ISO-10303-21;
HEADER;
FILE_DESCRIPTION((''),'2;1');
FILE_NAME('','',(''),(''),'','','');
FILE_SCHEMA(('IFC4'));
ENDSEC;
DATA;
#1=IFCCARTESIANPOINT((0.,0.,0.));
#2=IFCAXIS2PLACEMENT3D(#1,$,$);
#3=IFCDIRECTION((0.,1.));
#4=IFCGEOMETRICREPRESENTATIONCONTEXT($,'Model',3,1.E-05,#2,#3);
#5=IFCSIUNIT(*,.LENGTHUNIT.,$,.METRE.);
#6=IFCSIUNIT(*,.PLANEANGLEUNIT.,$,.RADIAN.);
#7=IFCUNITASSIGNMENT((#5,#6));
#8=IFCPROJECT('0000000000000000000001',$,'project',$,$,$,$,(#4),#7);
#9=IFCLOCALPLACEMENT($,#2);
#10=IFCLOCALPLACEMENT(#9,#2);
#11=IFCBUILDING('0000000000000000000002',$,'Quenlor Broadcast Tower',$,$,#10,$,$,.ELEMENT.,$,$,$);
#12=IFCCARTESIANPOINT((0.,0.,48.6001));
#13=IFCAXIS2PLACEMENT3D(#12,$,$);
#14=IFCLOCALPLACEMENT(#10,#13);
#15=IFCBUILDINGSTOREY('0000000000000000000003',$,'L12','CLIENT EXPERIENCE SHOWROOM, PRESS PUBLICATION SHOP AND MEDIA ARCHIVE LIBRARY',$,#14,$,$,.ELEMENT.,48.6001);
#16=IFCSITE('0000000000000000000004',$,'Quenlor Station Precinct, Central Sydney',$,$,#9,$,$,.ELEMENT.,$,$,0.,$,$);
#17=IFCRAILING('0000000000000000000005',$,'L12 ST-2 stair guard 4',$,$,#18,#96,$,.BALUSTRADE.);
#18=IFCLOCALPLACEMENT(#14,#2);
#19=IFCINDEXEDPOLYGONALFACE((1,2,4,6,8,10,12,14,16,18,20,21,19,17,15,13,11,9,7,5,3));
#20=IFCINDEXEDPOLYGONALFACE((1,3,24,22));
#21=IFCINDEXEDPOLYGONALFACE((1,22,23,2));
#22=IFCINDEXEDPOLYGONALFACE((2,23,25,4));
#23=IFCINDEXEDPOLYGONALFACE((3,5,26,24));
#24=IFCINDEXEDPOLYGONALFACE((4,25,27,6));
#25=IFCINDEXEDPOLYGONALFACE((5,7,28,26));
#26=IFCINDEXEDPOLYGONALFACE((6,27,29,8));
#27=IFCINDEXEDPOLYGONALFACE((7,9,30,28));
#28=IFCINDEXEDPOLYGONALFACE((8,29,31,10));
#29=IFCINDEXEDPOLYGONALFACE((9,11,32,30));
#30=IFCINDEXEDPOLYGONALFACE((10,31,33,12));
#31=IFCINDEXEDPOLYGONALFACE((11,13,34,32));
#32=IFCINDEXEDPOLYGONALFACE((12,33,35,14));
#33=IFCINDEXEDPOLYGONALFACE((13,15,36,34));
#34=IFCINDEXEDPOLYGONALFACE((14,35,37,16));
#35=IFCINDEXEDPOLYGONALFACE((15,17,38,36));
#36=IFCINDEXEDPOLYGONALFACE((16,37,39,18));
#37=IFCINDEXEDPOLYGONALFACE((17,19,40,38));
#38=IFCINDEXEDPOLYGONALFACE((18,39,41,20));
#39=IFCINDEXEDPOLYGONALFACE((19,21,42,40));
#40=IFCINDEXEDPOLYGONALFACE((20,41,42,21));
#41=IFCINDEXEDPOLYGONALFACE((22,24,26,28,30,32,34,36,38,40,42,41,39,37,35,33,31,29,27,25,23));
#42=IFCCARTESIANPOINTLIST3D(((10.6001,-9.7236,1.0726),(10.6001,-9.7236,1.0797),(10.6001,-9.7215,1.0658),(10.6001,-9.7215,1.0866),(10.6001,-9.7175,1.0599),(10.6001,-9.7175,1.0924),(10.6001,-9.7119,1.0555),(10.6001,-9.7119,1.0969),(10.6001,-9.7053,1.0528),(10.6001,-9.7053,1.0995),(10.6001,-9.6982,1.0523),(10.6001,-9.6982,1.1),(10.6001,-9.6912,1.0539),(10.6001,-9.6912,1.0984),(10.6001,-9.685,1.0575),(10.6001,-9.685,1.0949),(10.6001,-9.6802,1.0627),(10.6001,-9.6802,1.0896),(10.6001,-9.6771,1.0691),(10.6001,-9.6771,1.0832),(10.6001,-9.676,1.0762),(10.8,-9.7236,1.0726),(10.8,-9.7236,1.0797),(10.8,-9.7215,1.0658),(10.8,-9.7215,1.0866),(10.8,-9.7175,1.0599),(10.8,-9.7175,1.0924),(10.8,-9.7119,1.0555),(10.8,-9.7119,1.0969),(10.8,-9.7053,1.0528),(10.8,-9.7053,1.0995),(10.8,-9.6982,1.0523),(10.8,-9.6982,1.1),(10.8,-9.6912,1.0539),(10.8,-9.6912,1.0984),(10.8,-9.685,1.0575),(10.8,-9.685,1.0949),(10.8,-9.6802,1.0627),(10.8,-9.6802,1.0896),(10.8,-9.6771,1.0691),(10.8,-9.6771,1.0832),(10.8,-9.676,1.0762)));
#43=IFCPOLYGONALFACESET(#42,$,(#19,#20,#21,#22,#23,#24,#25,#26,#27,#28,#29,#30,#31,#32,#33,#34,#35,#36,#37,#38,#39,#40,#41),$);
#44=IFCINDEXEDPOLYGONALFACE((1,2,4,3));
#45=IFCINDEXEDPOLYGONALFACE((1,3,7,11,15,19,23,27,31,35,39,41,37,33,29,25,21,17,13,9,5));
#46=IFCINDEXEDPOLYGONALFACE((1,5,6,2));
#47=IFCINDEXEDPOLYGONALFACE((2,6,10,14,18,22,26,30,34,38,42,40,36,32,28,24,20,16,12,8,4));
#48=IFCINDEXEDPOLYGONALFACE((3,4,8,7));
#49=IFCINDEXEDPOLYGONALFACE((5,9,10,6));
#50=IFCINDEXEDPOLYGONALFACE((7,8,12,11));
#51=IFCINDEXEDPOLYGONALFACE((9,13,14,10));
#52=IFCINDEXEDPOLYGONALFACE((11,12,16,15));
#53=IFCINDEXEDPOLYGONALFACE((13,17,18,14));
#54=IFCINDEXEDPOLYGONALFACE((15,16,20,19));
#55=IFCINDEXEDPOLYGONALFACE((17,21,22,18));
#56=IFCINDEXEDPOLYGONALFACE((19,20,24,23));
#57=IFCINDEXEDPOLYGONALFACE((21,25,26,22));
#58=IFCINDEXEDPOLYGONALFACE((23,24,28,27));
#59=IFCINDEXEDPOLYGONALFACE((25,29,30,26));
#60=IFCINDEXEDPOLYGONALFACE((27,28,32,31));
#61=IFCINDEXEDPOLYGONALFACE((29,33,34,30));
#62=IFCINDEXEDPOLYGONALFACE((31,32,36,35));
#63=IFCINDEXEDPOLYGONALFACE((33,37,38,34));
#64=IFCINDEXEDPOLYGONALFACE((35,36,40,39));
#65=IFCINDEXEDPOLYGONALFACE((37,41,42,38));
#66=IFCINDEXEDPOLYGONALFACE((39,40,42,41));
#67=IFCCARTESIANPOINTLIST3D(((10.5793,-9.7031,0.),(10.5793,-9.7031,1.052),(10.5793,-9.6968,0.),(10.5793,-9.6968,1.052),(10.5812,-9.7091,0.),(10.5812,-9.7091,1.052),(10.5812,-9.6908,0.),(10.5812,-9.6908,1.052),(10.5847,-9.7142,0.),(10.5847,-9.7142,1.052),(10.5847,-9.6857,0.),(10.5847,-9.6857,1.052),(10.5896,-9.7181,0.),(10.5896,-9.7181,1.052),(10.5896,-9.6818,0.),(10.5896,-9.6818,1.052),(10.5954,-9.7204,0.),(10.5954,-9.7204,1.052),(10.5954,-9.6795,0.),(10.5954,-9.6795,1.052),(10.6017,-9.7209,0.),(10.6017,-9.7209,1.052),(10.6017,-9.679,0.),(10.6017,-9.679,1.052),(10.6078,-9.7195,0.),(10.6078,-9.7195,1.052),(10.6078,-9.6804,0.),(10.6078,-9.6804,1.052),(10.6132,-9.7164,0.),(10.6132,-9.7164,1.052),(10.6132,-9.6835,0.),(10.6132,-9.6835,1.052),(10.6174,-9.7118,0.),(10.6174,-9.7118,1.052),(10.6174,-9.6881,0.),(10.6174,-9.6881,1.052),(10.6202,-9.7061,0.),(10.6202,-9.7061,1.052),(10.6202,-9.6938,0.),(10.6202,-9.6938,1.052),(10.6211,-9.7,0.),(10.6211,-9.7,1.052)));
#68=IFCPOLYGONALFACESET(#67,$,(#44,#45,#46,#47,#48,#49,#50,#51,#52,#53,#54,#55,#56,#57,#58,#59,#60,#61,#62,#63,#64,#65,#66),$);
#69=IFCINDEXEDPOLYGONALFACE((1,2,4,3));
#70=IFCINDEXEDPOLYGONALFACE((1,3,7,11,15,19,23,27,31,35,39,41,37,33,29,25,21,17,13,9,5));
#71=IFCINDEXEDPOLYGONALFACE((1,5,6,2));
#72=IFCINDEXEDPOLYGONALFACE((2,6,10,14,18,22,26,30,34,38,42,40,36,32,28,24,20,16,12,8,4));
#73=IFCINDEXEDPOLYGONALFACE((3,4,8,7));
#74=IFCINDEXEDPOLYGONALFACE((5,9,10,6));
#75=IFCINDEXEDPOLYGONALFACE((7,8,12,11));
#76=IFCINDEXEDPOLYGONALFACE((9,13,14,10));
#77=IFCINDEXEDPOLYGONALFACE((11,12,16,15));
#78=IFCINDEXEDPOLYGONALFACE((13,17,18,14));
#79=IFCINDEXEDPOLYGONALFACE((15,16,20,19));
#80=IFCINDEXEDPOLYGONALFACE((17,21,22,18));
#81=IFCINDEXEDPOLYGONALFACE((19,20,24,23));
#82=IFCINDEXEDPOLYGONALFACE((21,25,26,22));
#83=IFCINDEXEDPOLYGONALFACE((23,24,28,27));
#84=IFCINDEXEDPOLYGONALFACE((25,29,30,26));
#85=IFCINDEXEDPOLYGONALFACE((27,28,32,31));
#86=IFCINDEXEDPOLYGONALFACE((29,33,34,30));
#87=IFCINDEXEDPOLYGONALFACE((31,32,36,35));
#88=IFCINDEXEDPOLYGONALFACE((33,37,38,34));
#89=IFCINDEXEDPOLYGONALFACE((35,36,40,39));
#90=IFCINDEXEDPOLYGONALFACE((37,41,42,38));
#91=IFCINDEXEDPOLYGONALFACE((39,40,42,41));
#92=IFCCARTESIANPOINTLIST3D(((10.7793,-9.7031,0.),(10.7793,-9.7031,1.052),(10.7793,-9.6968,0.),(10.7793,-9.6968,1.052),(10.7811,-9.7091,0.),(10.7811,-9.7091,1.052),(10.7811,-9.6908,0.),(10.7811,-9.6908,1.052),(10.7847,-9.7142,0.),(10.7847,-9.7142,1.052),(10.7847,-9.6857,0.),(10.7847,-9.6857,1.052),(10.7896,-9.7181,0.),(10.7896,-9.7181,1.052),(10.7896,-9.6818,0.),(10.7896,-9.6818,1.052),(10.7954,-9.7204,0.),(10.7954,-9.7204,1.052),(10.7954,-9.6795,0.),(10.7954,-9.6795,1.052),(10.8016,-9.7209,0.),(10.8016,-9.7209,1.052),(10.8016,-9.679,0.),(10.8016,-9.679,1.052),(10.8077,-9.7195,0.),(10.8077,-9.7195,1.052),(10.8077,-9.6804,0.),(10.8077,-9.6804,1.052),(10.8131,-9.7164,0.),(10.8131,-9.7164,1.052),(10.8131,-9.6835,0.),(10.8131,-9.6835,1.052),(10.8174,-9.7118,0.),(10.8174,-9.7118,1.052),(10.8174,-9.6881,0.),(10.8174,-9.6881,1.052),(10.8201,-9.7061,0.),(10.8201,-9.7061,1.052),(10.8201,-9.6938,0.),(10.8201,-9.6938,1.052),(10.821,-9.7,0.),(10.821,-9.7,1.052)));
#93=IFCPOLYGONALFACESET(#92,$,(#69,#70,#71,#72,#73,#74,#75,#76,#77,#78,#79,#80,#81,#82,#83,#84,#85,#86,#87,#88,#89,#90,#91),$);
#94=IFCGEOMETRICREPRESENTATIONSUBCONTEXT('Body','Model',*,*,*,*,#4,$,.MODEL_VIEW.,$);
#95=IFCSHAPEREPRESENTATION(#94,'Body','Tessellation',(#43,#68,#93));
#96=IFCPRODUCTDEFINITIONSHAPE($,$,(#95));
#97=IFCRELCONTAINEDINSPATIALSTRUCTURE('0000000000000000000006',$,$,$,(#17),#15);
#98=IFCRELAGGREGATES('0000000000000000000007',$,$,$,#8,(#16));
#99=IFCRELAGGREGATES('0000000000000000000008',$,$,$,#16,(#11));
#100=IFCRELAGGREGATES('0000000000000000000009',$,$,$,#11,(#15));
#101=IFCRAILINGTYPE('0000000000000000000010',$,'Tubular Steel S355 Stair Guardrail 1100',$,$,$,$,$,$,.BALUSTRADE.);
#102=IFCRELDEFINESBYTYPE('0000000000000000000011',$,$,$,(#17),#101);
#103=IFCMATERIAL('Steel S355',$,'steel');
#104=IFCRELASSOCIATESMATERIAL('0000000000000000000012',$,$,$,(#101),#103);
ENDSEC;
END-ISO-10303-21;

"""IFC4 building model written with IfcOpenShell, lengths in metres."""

from ifc_helpers import new_model, si_unit, direction, frame, origin, origin_2d, place, context, subcontext, project, spatial, circle, extrude, material, type_object, element, save


model = new_model("IFC4")

# Units and contexts
model_context = context("Model", 3, precision=1e-05, world=origin(), true_north=direction((0.0, 1.0)))
body_context = subcontext(model_context, "Body", "Model", "MODEL_VIEW")
ifc_project = project(units=[si_unit("LENGTHUNIT", "METRE"), si_unit("PLANEANGLEUNIT", "RADIAN")], contexts=[model_context])

# Site, building, storey
site_placement = place(None, origin())
site = spatial("IfcSite", under=ifc_project, at=site_placement, Name="Quenlor Station Precinct, Central Sydney", CompositionType="ELEMENT", RefElevation=0.0)
building_placement = place(site_placement, origin())
building = spatial("IfcBuilding", under=site, at=building_placement, Name="Quenlor Broadcast Tower", CompositionType="ELEMENT")
storey_placement = place(building_placement, frame((0.0, 0.0, 48.6001)))
storey = spatial("IfcBuildingStorey", under=building, at=storey_placement, Name="L12", Description="CLIENT EXPERIENCE SHOWROOM, PRESS PUBLICATION SHOP AND MEDIA ARCHIVE LIBRARY", CompositionType="ELEMENT", Elevation=48.6001)

# Railing
ifc_material_1 = material(Name="Steel S355", Category="steel")
railing_type_1 = type_object("IfcRailingType", Name="Tubular Steel S355 Stair Guardrail 1100", PredefinedType="BALUSTRADE", material=ifc_material_1)
railing_1_placement = place(storey_placement, frame((10.6001, -9.7, 0.0)))
element("IfcRailing", 1, at=railing_1_placement, inside=storey, type_object=railing_type_1, Name="L12 ST-2 stair guard 4", PredefinedType="BALUSTRADE", context=body_context, shape_type="SweptSolid", body=[
    extrude(circle(Radius=0.0239, at=origin_2d()), frame((0.0, 0.0, 1.0762), z_axis=(1.0, 0.0, 0.0), x_axis=(0.0, 1.0, 0.0)), (0.0, 0.0, 1.0), 0.2),
    extrude(circle(Radius=0.021, at=origin_2d()), origin(), (0.0, 0.0, 1.0), 1.052),
    extrude(circle(Radius=0.021, at=origin_2d()), frame((0.2, 0.0, 0.0)), (0.0, 0.0, 1.0), 1.052),
])

save(model, "model.ifc")
